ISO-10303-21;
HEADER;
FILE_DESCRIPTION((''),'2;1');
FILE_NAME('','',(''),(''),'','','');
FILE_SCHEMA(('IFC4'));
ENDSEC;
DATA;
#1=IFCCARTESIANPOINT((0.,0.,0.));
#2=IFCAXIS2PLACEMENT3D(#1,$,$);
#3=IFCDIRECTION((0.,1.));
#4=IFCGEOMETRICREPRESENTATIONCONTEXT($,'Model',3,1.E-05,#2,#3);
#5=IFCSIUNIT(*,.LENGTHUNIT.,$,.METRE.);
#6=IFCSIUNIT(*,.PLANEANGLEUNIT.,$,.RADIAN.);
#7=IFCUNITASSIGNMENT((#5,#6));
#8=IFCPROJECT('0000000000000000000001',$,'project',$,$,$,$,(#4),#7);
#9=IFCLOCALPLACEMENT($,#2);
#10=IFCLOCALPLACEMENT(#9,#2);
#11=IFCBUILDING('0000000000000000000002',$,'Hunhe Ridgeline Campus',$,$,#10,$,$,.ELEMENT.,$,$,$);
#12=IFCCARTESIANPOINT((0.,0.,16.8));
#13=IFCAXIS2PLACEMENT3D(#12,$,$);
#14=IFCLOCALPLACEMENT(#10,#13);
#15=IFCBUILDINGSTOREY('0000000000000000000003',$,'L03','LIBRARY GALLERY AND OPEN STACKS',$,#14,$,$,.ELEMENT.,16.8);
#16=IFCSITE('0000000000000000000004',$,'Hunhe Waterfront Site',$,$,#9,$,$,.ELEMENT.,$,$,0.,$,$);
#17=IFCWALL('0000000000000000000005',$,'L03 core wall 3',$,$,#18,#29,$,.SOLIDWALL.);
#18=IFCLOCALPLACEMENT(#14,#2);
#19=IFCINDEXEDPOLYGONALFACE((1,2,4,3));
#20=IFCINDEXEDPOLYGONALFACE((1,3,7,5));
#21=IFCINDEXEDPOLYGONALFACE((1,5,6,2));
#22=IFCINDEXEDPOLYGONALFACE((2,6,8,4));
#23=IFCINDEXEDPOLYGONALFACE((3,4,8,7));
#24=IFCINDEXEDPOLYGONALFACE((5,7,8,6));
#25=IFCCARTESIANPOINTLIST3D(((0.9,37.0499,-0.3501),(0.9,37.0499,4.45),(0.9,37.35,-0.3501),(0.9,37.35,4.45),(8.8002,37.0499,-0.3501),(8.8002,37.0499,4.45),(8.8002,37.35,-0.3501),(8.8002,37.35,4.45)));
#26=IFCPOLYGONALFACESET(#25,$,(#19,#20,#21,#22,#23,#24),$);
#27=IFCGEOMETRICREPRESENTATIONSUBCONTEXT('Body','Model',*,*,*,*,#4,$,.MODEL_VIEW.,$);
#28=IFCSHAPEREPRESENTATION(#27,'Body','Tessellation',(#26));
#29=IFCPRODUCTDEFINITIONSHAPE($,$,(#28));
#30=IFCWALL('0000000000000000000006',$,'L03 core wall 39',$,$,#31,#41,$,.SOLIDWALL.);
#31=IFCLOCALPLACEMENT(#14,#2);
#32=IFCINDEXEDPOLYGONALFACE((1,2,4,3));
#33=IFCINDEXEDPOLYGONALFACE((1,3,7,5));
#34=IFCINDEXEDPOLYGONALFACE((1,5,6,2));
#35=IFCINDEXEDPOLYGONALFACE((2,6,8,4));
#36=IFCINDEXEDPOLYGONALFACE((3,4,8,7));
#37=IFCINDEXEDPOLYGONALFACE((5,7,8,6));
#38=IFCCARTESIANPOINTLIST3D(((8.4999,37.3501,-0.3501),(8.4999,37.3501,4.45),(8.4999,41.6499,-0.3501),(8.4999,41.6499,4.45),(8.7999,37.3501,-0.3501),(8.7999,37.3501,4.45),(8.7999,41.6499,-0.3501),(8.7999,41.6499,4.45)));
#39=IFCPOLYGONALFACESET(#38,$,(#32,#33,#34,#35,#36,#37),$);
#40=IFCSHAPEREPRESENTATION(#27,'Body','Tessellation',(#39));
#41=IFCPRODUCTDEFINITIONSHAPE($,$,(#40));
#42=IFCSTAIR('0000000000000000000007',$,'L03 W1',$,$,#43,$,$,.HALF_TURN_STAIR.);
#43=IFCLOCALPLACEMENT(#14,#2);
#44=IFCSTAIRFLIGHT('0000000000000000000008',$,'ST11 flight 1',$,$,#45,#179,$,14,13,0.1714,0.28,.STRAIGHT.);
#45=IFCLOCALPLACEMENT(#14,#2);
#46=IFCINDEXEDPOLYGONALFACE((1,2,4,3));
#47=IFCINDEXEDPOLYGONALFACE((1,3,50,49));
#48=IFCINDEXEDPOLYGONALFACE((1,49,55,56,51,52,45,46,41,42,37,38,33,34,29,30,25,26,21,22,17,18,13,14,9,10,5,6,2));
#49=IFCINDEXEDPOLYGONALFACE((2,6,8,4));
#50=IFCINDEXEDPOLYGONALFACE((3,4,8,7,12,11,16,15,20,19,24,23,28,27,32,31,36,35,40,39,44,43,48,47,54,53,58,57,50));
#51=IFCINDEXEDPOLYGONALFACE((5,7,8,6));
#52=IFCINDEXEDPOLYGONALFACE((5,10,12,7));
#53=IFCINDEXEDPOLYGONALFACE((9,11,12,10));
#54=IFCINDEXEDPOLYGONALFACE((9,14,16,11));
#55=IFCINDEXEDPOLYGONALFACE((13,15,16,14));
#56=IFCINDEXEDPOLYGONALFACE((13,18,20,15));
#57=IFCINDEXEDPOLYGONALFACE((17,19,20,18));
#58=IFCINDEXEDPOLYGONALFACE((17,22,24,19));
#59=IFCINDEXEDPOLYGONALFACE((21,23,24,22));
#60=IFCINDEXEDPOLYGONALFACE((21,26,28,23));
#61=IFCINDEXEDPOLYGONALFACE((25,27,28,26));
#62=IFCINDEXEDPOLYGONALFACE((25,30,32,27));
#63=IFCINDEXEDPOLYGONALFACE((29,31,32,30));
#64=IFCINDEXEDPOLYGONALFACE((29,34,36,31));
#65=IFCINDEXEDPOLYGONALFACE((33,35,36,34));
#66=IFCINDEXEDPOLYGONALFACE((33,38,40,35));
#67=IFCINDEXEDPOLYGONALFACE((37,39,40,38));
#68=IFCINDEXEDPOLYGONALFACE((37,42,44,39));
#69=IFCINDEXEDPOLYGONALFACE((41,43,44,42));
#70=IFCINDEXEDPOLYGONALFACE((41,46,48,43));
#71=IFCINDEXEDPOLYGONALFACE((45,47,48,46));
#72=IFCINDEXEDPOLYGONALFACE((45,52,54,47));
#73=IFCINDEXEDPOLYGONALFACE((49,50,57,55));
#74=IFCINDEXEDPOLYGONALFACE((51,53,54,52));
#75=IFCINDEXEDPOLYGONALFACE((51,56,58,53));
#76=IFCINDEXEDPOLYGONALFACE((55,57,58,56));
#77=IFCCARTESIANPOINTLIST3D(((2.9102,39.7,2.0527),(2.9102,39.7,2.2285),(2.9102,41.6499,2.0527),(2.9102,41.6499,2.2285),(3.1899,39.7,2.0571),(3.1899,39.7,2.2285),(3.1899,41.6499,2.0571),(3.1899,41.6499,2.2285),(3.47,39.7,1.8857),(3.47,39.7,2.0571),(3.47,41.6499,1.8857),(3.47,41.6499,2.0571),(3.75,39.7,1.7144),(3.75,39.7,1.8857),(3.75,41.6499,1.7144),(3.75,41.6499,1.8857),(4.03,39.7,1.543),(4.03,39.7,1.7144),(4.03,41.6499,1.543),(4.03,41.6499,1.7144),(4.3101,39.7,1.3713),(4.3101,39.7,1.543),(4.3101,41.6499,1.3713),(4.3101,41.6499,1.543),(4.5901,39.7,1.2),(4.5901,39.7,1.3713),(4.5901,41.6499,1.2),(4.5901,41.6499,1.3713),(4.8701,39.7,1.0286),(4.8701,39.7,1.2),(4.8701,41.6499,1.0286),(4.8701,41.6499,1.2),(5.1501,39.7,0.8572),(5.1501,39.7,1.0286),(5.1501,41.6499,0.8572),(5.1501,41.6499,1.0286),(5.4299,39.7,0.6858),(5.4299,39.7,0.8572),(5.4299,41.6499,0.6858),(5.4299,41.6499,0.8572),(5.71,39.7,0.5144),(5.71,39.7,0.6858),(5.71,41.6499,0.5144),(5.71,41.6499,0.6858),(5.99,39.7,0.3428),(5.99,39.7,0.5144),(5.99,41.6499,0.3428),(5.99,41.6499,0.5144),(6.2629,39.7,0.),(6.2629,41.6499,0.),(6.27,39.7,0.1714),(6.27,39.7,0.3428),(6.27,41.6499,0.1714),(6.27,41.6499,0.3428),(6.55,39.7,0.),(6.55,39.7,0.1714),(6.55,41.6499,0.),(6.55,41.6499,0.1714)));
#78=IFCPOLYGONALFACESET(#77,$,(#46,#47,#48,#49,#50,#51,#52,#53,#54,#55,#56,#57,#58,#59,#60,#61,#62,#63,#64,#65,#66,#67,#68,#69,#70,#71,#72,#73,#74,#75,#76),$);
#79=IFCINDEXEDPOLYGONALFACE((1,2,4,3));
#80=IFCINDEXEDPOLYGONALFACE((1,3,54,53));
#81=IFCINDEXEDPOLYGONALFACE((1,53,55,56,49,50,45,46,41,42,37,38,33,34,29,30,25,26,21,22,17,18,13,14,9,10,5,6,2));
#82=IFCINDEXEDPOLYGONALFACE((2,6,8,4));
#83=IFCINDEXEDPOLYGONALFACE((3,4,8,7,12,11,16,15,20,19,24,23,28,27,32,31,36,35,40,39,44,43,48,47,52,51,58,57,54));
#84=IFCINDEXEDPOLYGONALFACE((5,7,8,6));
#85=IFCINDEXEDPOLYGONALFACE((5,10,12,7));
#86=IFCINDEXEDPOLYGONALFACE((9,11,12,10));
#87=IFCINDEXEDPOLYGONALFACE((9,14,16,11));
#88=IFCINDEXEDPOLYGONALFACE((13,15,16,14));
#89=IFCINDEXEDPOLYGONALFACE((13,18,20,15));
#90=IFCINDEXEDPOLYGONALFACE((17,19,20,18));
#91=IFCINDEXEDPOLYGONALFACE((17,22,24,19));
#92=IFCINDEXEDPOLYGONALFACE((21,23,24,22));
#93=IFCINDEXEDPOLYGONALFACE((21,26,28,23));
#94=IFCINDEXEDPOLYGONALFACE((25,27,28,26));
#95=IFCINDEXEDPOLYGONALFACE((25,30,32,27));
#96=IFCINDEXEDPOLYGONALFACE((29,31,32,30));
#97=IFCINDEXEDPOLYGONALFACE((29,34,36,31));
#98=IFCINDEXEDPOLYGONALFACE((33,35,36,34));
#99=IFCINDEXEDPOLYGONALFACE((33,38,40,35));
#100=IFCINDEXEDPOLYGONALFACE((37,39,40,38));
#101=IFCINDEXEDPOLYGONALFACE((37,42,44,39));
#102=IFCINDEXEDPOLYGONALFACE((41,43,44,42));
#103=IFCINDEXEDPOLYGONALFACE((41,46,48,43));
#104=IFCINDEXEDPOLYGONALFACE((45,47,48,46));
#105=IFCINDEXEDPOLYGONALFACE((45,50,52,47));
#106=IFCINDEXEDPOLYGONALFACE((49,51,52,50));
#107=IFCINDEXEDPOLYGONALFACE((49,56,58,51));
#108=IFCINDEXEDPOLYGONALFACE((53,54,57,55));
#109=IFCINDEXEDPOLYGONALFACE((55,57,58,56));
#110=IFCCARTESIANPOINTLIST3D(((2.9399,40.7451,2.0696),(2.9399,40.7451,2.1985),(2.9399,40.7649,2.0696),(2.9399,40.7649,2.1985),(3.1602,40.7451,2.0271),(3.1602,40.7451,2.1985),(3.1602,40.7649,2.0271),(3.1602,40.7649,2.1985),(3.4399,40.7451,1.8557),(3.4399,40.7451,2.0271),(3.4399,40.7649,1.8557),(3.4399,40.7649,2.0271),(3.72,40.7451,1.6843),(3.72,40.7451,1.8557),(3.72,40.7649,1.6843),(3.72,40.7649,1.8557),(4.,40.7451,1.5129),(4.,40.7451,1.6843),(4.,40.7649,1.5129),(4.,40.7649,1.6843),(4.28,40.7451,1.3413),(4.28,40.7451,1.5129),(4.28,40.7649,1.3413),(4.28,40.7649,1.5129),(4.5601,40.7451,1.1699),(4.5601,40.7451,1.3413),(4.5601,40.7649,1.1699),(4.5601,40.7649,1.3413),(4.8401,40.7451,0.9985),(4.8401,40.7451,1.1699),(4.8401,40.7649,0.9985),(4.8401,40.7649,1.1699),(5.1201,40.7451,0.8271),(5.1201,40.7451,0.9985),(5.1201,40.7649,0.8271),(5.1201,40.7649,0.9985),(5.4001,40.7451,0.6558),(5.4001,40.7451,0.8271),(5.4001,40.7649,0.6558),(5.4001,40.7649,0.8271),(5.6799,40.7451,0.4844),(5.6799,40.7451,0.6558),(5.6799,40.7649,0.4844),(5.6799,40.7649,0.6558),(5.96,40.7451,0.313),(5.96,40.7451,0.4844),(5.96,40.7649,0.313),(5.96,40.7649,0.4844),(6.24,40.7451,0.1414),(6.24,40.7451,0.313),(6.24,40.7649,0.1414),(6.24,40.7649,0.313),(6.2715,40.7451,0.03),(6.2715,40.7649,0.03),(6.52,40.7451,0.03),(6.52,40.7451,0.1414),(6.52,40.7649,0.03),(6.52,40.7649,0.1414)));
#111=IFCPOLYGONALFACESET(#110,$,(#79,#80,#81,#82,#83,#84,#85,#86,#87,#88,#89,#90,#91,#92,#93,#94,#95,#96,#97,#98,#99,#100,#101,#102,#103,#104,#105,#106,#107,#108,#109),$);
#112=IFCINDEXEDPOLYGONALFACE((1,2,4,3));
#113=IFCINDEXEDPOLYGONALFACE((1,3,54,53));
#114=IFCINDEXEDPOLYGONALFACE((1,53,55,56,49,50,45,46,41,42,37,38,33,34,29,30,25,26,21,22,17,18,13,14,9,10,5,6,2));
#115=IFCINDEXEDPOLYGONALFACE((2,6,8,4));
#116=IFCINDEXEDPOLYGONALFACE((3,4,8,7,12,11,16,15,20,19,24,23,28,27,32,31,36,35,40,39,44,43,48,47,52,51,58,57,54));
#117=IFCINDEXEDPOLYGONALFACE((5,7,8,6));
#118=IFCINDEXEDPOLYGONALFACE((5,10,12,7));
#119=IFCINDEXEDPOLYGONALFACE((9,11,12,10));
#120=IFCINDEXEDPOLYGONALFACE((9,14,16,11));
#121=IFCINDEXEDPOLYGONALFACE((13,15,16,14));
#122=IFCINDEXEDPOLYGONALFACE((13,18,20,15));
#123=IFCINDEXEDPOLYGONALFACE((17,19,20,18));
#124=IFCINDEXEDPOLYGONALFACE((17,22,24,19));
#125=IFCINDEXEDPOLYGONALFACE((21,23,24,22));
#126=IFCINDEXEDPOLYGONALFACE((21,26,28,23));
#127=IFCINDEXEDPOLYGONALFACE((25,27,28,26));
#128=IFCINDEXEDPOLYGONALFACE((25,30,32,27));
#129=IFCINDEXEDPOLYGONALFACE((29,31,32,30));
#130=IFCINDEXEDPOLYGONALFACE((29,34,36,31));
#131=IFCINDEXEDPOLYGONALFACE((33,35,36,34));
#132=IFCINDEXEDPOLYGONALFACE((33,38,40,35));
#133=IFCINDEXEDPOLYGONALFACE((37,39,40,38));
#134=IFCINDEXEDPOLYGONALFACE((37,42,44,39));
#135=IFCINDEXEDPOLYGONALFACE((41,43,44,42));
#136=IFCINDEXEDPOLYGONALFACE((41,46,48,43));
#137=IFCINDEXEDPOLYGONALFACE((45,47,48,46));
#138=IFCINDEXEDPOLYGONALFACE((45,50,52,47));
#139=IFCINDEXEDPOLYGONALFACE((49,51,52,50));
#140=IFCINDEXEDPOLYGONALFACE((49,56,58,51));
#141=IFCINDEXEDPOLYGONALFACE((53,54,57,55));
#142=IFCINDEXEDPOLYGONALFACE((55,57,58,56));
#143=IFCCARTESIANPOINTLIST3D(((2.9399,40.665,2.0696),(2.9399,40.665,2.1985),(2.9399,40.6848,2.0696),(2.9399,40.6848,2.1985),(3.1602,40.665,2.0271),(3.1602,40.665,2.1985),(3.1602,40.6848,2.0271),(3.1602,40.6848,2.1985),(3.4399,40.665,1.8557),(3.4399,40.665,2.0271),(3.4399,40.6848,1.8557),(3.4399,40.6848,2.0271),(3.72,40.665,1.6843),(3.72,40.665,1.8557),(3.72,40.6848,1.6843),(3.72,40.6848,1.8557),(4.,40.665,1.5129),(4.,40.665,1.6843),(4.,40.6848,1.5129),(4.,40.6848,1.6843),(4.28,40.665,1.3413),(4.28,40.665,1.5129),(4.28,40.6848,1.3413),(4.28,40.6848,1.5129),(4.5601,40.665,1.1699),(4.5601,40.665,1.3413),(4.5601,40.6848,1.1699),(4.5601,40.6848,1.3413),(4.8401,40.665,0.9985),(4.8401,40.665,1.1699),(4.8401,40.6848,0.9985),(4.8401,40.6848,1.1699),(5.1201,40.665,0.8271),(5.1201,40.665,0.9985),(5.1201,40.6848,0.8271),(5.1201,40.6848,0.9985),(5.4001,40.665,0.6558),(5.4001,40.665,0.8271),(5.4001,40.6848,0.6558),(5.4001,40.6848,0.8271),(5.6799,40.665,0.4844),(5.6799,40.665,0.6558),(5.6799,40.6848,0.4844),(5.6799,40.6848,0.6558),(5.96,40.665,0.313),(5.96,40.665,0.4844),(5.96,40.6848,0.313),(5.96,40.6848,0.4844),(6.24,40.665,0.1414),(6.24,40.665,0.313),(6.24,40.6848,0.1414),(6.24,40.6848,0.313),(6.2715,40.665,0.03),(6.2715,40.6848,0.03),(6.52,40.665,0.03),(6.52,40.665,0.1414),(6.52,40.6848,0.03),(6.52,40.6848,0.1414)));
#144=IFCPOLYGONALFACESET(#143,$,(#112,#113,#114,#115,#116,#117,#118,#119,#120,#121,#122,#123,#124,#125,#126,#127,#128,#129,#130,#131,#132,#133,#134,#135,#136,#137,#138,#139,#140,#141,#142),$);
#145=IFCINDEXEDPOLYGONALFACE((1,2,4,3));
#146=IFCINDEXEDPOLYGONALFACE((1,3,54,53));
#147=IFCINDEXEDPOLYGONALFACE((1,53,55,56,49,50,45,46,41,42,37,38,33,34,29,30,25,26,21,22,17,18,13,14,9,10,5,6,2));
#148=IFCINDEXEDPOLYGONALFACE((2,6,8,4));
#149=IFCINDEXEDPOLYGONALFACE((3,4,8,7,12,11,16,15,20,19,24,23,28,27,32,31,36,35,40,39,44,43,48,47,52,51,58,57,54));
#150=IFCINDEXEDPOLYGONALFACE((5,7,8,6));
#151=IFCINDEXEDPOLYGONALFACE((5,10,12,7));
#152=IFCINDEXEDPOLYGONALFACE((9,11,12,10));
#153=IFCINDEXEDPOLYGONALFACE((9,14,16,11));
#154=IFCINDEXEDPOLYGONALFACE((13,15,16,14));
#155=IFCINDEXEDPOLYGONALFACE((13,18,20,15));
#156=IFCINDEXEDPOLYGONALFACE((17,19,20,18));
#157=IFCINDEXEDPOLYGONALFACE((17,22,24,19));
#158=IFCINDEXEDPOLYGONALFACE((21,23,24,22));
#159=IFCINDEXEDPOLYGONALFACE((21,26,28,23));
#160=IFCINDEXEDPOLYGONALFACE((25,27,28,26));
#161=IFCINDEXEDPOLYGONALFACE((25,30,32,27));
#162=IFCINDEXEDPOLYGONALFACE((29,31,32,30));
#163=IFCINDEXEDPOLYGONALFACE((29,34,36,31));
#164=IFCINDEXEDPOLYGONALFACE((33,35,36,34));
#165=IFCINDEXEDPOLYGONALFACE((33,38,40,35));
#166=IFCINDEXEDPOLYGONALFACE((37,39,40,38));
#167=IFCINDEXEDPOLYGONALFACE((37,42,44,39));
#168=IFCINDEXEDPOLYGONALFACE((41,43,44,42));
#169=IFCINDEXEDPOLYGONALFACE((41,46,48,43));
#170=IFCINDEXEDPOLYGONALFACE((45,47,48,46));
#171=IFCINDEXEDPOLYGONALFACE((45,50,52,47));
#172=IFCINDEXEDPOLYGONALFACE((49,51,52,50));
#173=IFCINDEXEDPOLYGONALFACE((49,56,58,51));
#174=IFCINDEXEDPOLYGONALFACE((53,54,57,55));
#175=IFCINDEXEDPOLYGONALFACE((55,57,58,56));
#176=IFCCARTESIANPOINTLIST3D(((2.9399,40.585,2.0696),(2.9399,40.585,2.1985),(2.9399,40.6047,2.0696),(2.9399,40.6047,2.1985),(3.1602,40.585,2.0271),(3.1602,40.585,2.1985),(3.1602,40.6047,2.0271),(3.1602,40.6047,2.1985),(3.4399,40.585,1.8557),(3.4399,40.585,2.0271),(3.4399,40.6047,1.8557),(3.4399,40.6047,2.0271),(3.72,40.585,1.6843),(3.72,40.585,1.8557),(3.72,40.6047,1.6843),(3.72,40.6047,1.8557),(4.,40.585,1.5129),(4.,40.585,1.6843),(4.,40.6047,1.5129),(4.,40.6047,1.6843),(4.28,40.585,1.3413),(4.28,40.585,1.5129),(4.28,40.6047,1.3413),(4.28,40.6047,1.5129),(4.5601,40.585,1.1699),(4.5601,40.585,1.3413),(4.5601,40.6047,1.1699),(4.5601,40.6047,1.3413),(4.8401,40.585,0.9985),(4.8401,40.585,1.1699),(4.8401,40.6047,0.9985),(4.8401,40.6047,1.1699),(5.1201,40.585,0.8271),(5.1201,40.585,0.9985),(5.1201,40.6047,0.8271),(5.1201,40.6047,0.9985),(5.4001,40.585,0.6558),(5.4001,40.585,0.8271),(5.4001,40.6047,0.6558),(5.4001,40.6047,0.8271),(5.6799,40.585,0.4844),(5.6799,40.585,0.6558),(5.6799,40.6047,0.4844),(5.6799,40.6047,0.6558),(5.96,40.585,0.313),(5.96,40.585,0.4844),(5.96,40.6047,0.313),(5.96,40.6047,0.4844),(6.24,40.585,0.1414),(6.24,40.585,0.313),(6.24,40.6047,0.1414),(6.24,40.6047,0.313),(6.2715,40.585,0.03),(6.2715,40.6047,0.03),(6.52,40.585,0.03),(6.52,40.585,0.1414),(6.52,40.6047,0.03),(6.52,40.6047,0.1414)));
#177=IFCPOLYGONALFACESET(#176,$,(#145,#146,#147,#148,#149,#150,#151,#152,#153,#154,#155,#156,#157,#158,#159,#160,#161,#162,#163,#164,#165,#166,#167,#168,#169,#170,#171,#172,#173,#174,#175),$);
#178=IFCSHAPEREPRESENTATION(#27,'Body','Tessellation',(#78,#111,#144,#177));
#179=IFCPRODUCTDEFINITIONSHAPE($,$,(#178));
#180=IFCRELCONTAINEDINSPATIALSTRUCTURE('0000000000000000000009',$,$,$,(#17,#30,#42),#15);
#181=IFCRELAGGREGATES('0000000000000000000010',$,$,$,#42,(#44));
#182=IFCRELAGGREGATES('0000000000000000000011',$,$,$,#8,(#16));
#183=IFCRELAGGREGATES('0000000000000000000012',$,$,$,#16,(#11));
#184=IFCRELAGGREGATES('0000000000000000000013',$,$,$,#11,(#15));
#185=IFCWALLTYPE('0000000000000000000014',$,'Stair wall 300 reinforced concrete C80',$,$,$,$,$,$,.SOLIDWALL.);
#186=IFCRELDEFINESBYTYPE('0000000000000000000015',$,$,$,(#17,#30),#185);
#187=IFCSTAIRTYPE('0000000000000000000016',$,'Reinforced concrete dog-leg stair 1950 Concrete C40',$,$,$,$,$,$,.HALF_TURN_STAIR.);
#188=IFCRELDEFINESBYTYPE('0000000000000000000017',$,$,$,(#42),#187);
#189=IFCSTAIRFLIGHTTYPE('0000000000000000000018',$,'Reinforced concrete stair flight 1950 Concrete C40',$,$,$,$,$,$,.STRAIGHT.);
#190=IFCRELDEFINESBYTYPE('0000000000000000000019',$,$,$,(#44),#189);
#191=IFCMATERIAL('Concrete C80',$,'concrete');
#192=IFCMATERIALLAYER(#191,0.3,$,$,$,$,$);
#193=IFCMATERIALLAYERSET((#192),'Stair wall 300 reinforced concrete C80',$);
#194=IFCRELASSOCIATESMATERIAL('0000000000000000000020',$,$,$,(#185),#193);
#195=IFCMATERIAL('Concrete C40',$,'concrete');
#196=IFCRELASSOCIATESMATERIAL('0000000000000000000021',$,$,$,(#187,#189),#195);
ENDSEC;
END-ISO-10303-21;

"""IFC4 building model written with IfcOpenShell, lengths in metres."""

from ifc_helpers import new_model, si_unit, direction, frame, frame_2d, origin, place, context, subcontext, project, spatial, polyline, rectangle, outline, extrude, material, layer, layer_set, type_object, element, aggregate, save


model = new_model("IFC4")

# Units and contexts
model_context = context("Model", 3, precision=1e-05, world=origin(), true_north=direction((0.0, 1.0)))
body_context = subcontext(model_context, "Body", "Model", "MODEL_VIEW")
ifc_project = project(units=[si_unit("LENGTHUNIT", "METRE"), si_unit("PLANEANGLEUNIT", "RADIAN")], contexts=[model_context])

# Site, building, storey
site_placement = place(None, origin())
site = spatial("IfcSite", under=ifc_project, at=site_placement, Name="Hunhe Waterfront Site", CompositionType="ELEMENT", RefElevation=0.0)
building_placement = place(site_placement, origin())
building = spatial("IfcBuilding", under=site, at=building_placement, Name="Hunhe Ridgeline Campus", CompositionType="ELEMENT")
storey_placement = place(building_placement, frame((0.0, 0.0, 16.8)))
storey = spatial("IfcBuildingStorey", under=building, at=storey_placement, Name="L03", Description="LIBRARY GALLERY AND OPEN STACKS", CompositionType="ELEMENT", Elevation=16.8)

# Shared definitions
ifc_material_1 = material(Name="Concrete C80", Category="concrete")

# Wall
ifc_layer_1 = layer(ifc_material_1, 0.3)
ifc_layer_set_1 = layer_set([ifc_layer_1], Name="Stair wall 300 reinforced concrete C80")
wall_type_1 = type_object("IfcWallType", Name="Stair wall 300 reinforced concrete C80", PredefinedType="SOLIDWALL", material=ifc_layer_set_1)
wall_1_placement = place(storey_placement, frame((0.8999, 37.2, -0.3501), z_axis=(0.0, 0.0, 1.0), x_axis=(1.0, 0.0, 0.0)))
element("IfcWall", 1, at=wall_1_placement, inside=storey, type_object=wall_type_1, Name="L03 core wall 3", PredefinedType="SOLIDWALL", context=body_context, shape_type="SweptSolid", body=[
    extrude(rectangle(XDim=7.9001, YDim=0.3, at=frame_2d((3.9502, 0.0))), origin(), (0.0, 0.0, 1.0), 4.8),
])

# Wall
wall_2_placement = place(storey_placement, frame((8.6499, 37.3501, -0.3501), z_axis=(0.0, 0.0, 1.0), x_axis=(0.0, 1.0, 0.0)))
element("IfcWall", 2, at=wall_2_placement, inside=storey, type_object=wall_type_1, Name="L03 core wall 39", PredefinedType="SOLIDWALL", context=body_context, shape_type="SweptSolid", body=[
    extrude(rectangle(XDim=4.2998, YDim=0.3, at=frame_2d((2.1499, 0.0))), origin(), (0.0, 0.0, 1.0), 4.8),
])

# Stair, stair flight
ifc_material_2 = material(Name="Concrete C40", Category="concrete")
stair_type = type_object("IfcStairType", Name="Reinforced concrete dog-leg stair 1950 Concrete C40", PredefinedType="HALF_TURN_STAIR", material=ifc_material_2)
stair_placement = place(storey_placement, origin())
stair = element("IfcStair", 3, at=stair_placement, inside=storey, type_object=stair_type, Name="L03 W1", PredefinedType="HALF_TURN_STAIR")
stair_flight_type = type_object("IfcStairFlightType", Name="Reinforced concrete stair flight 1950 Concrete C40", PredefinedType="STRAIGHT", material=ifc_material_2)
stair_flight_1_placement = place(storey_placement, frame((6.55, 40.675, 0.0), z_axis=(0.0, 0.0, 1.0), x_axis=(-1.0, 0.0, 0.0)))
stair_flight_1 = element("IfcStairFlight", 4, at=stair_flight_1_placement, type_object=stair_flight_type, Name="ST11 flight 1", NumberOfRisers=14, NumberOfTreads=13, PredefinedType="STRAIGHT", RiserHeight=0.1714, TreadLength=0.28, context=body_context, shape_type="SweptSolid", body=[
    extrude(outline(polyline([(0.0, 0.0), (0.0, 0.1714), (0.28, 0.1714), (0.28, 0.3428), (0.5601, 0.3428), (0.5601, 0.5144), (0.8401, 0.5144), (0.8401, 0.6858), (1.1201, 0.6858), (1.1201, 0.8572), (1.3999, 0.8572), (1.3999, 1.0286), (1.6799, 1.0286), (1.6799, 1.2), (1.96, 1.2), (1.96, 1.3713), (2.24, 1.3713), (2.24, 1.543), (2.52, 1.543), (2.52, 1.7144), (2.8, 1.7144), (2.8, 1.8857), (3.0801, 1.8857), (3.0801, 2.0571), (3.3601, 2.0571), (3.3601, 2.2285), (3.6399, 2.2285), (3.6399, 2.3999), (3.6399, 2.0527), (0.2871, 0.0), (0.0, 0.0)])), frame((0.0, 0.9751, 0.0), z_axis=(0.0, -1.0, 0.0), x_axis=(1.0, 0.0, 0.0)), (0.0, 0.0, 1.0), 1.95),
    extrude(outline(polyline([(0.03, 0.03), (0.03, 0.1414), (0.3101, 0.1414), (0.3101, 0.313), (0.5901, 0.313), (0.5901, 0.4844), (0.8701, 0.4844), (0.8701, 0.6558), (1.1499, 0.6558), (1.1499, 0.8271), (1.4299, 0.8271), (1.4299, 0.9985), (1.71, 0.9985), (1.71, 1.1699), (1.99, 1.1699), (1.99, 1.3413), (2.27, 1.3413), (2.27, 1.5129), (2.55, 1.5129), (2.55, 1.6843), (2.8301, 1.6843), (2.8301, 1.8557), (3.1101, 1.8557), (3.1101, 2.0271), (3.3899, 2.0271), (3.3899, 2.1985), (3.6101, 2.1985), (3.6101, 2.0696), (0.2786, 0.03), (0.03, 0.03)])), frame((0.0, -0.0701, 0.0), z_axis=(0.0, -1.0, 0.0), x_axis=(1.0, 0.0, 0.0)), (0.0, 0.0, 1.0), 0.0198),
    extrude(outline(polyline([(0.03, 0.03), (0.03, 0.1414), (0.3101, 0.1414), (0.3101, 0.313), (0.5901, 0.313), (0.5901, 0.4844), (0.8701, 0.4844), (0.8701, 0.6558), (1.1499, 0.6558), (1.1499, 0.8271), (1.4299, 0.8271), (1.4299, 0.9985), (1.71, 0.9985), (1.71, 1.1699), (1.99, 1.1699), (1.99, 1.3413), (2.27, 1.3413), (2.27, 1.5129), (2.55, 1.5129), (2.55, 1.6843), (2.8301, 1.6843), (2.8301, 1.8557), (3.1101, 1.8557), (3.1101, 2.0271), (3.3899, 2.0271), (3.3899, 2.1985), (3.6101, 2.1985), (3.6101, 2.0696), (0.2786, 0.03), (0.03, 0.03)])), frame((0.0, 0.01, 0.0), z_axis=(0.0, -1.0, 0.0), x_axis=(1.0, 0.0, 0.0)), (0.0, 0.0, 1.0), 0.0198),
    extrude(outline(polyline([(0.03, 0.03), (0.03, 0.1414), (0.3101, 0.1414), (0.3101, 0.313), (0.5901, 0.313), (0.5901, 0.4844), (0.8701, 0.4844), (0.8701, 0.6558), (1.1499, 0.6558), (1.1499, 0.8271), (1.4299, 0.8271), (1.4299, 0.9985), (1.71, 0.9985), (1.71, 1.1699), (1.99, 1.1699), (1.99, 1.3413), (2.27, 1.3413), (2.27, 1.5129), (2.55, 1.5129), (2.55, 1.6843), (2.8301, 1.6843), (2.8301, 1.8557), (3.1101, 1.8557), (3.1101, 2.0271), (3.3899, 2.0271), (3.3899, 2.1985), (3.6101, 2.1985), (3.6101, 2.0696), (0.2786, 0.03), (0.03, 0.03)])), frame((0.0, 0.0901, 0.0), z_axis=(0.0, -1.0, 0.0), x_axis=(1.0, 0.0, 0.0)), (0.0, 0.0, 1.0), 0.0198),
])
aggregate(stair, [stair_flight_1])

save(model, "model.ifc")
